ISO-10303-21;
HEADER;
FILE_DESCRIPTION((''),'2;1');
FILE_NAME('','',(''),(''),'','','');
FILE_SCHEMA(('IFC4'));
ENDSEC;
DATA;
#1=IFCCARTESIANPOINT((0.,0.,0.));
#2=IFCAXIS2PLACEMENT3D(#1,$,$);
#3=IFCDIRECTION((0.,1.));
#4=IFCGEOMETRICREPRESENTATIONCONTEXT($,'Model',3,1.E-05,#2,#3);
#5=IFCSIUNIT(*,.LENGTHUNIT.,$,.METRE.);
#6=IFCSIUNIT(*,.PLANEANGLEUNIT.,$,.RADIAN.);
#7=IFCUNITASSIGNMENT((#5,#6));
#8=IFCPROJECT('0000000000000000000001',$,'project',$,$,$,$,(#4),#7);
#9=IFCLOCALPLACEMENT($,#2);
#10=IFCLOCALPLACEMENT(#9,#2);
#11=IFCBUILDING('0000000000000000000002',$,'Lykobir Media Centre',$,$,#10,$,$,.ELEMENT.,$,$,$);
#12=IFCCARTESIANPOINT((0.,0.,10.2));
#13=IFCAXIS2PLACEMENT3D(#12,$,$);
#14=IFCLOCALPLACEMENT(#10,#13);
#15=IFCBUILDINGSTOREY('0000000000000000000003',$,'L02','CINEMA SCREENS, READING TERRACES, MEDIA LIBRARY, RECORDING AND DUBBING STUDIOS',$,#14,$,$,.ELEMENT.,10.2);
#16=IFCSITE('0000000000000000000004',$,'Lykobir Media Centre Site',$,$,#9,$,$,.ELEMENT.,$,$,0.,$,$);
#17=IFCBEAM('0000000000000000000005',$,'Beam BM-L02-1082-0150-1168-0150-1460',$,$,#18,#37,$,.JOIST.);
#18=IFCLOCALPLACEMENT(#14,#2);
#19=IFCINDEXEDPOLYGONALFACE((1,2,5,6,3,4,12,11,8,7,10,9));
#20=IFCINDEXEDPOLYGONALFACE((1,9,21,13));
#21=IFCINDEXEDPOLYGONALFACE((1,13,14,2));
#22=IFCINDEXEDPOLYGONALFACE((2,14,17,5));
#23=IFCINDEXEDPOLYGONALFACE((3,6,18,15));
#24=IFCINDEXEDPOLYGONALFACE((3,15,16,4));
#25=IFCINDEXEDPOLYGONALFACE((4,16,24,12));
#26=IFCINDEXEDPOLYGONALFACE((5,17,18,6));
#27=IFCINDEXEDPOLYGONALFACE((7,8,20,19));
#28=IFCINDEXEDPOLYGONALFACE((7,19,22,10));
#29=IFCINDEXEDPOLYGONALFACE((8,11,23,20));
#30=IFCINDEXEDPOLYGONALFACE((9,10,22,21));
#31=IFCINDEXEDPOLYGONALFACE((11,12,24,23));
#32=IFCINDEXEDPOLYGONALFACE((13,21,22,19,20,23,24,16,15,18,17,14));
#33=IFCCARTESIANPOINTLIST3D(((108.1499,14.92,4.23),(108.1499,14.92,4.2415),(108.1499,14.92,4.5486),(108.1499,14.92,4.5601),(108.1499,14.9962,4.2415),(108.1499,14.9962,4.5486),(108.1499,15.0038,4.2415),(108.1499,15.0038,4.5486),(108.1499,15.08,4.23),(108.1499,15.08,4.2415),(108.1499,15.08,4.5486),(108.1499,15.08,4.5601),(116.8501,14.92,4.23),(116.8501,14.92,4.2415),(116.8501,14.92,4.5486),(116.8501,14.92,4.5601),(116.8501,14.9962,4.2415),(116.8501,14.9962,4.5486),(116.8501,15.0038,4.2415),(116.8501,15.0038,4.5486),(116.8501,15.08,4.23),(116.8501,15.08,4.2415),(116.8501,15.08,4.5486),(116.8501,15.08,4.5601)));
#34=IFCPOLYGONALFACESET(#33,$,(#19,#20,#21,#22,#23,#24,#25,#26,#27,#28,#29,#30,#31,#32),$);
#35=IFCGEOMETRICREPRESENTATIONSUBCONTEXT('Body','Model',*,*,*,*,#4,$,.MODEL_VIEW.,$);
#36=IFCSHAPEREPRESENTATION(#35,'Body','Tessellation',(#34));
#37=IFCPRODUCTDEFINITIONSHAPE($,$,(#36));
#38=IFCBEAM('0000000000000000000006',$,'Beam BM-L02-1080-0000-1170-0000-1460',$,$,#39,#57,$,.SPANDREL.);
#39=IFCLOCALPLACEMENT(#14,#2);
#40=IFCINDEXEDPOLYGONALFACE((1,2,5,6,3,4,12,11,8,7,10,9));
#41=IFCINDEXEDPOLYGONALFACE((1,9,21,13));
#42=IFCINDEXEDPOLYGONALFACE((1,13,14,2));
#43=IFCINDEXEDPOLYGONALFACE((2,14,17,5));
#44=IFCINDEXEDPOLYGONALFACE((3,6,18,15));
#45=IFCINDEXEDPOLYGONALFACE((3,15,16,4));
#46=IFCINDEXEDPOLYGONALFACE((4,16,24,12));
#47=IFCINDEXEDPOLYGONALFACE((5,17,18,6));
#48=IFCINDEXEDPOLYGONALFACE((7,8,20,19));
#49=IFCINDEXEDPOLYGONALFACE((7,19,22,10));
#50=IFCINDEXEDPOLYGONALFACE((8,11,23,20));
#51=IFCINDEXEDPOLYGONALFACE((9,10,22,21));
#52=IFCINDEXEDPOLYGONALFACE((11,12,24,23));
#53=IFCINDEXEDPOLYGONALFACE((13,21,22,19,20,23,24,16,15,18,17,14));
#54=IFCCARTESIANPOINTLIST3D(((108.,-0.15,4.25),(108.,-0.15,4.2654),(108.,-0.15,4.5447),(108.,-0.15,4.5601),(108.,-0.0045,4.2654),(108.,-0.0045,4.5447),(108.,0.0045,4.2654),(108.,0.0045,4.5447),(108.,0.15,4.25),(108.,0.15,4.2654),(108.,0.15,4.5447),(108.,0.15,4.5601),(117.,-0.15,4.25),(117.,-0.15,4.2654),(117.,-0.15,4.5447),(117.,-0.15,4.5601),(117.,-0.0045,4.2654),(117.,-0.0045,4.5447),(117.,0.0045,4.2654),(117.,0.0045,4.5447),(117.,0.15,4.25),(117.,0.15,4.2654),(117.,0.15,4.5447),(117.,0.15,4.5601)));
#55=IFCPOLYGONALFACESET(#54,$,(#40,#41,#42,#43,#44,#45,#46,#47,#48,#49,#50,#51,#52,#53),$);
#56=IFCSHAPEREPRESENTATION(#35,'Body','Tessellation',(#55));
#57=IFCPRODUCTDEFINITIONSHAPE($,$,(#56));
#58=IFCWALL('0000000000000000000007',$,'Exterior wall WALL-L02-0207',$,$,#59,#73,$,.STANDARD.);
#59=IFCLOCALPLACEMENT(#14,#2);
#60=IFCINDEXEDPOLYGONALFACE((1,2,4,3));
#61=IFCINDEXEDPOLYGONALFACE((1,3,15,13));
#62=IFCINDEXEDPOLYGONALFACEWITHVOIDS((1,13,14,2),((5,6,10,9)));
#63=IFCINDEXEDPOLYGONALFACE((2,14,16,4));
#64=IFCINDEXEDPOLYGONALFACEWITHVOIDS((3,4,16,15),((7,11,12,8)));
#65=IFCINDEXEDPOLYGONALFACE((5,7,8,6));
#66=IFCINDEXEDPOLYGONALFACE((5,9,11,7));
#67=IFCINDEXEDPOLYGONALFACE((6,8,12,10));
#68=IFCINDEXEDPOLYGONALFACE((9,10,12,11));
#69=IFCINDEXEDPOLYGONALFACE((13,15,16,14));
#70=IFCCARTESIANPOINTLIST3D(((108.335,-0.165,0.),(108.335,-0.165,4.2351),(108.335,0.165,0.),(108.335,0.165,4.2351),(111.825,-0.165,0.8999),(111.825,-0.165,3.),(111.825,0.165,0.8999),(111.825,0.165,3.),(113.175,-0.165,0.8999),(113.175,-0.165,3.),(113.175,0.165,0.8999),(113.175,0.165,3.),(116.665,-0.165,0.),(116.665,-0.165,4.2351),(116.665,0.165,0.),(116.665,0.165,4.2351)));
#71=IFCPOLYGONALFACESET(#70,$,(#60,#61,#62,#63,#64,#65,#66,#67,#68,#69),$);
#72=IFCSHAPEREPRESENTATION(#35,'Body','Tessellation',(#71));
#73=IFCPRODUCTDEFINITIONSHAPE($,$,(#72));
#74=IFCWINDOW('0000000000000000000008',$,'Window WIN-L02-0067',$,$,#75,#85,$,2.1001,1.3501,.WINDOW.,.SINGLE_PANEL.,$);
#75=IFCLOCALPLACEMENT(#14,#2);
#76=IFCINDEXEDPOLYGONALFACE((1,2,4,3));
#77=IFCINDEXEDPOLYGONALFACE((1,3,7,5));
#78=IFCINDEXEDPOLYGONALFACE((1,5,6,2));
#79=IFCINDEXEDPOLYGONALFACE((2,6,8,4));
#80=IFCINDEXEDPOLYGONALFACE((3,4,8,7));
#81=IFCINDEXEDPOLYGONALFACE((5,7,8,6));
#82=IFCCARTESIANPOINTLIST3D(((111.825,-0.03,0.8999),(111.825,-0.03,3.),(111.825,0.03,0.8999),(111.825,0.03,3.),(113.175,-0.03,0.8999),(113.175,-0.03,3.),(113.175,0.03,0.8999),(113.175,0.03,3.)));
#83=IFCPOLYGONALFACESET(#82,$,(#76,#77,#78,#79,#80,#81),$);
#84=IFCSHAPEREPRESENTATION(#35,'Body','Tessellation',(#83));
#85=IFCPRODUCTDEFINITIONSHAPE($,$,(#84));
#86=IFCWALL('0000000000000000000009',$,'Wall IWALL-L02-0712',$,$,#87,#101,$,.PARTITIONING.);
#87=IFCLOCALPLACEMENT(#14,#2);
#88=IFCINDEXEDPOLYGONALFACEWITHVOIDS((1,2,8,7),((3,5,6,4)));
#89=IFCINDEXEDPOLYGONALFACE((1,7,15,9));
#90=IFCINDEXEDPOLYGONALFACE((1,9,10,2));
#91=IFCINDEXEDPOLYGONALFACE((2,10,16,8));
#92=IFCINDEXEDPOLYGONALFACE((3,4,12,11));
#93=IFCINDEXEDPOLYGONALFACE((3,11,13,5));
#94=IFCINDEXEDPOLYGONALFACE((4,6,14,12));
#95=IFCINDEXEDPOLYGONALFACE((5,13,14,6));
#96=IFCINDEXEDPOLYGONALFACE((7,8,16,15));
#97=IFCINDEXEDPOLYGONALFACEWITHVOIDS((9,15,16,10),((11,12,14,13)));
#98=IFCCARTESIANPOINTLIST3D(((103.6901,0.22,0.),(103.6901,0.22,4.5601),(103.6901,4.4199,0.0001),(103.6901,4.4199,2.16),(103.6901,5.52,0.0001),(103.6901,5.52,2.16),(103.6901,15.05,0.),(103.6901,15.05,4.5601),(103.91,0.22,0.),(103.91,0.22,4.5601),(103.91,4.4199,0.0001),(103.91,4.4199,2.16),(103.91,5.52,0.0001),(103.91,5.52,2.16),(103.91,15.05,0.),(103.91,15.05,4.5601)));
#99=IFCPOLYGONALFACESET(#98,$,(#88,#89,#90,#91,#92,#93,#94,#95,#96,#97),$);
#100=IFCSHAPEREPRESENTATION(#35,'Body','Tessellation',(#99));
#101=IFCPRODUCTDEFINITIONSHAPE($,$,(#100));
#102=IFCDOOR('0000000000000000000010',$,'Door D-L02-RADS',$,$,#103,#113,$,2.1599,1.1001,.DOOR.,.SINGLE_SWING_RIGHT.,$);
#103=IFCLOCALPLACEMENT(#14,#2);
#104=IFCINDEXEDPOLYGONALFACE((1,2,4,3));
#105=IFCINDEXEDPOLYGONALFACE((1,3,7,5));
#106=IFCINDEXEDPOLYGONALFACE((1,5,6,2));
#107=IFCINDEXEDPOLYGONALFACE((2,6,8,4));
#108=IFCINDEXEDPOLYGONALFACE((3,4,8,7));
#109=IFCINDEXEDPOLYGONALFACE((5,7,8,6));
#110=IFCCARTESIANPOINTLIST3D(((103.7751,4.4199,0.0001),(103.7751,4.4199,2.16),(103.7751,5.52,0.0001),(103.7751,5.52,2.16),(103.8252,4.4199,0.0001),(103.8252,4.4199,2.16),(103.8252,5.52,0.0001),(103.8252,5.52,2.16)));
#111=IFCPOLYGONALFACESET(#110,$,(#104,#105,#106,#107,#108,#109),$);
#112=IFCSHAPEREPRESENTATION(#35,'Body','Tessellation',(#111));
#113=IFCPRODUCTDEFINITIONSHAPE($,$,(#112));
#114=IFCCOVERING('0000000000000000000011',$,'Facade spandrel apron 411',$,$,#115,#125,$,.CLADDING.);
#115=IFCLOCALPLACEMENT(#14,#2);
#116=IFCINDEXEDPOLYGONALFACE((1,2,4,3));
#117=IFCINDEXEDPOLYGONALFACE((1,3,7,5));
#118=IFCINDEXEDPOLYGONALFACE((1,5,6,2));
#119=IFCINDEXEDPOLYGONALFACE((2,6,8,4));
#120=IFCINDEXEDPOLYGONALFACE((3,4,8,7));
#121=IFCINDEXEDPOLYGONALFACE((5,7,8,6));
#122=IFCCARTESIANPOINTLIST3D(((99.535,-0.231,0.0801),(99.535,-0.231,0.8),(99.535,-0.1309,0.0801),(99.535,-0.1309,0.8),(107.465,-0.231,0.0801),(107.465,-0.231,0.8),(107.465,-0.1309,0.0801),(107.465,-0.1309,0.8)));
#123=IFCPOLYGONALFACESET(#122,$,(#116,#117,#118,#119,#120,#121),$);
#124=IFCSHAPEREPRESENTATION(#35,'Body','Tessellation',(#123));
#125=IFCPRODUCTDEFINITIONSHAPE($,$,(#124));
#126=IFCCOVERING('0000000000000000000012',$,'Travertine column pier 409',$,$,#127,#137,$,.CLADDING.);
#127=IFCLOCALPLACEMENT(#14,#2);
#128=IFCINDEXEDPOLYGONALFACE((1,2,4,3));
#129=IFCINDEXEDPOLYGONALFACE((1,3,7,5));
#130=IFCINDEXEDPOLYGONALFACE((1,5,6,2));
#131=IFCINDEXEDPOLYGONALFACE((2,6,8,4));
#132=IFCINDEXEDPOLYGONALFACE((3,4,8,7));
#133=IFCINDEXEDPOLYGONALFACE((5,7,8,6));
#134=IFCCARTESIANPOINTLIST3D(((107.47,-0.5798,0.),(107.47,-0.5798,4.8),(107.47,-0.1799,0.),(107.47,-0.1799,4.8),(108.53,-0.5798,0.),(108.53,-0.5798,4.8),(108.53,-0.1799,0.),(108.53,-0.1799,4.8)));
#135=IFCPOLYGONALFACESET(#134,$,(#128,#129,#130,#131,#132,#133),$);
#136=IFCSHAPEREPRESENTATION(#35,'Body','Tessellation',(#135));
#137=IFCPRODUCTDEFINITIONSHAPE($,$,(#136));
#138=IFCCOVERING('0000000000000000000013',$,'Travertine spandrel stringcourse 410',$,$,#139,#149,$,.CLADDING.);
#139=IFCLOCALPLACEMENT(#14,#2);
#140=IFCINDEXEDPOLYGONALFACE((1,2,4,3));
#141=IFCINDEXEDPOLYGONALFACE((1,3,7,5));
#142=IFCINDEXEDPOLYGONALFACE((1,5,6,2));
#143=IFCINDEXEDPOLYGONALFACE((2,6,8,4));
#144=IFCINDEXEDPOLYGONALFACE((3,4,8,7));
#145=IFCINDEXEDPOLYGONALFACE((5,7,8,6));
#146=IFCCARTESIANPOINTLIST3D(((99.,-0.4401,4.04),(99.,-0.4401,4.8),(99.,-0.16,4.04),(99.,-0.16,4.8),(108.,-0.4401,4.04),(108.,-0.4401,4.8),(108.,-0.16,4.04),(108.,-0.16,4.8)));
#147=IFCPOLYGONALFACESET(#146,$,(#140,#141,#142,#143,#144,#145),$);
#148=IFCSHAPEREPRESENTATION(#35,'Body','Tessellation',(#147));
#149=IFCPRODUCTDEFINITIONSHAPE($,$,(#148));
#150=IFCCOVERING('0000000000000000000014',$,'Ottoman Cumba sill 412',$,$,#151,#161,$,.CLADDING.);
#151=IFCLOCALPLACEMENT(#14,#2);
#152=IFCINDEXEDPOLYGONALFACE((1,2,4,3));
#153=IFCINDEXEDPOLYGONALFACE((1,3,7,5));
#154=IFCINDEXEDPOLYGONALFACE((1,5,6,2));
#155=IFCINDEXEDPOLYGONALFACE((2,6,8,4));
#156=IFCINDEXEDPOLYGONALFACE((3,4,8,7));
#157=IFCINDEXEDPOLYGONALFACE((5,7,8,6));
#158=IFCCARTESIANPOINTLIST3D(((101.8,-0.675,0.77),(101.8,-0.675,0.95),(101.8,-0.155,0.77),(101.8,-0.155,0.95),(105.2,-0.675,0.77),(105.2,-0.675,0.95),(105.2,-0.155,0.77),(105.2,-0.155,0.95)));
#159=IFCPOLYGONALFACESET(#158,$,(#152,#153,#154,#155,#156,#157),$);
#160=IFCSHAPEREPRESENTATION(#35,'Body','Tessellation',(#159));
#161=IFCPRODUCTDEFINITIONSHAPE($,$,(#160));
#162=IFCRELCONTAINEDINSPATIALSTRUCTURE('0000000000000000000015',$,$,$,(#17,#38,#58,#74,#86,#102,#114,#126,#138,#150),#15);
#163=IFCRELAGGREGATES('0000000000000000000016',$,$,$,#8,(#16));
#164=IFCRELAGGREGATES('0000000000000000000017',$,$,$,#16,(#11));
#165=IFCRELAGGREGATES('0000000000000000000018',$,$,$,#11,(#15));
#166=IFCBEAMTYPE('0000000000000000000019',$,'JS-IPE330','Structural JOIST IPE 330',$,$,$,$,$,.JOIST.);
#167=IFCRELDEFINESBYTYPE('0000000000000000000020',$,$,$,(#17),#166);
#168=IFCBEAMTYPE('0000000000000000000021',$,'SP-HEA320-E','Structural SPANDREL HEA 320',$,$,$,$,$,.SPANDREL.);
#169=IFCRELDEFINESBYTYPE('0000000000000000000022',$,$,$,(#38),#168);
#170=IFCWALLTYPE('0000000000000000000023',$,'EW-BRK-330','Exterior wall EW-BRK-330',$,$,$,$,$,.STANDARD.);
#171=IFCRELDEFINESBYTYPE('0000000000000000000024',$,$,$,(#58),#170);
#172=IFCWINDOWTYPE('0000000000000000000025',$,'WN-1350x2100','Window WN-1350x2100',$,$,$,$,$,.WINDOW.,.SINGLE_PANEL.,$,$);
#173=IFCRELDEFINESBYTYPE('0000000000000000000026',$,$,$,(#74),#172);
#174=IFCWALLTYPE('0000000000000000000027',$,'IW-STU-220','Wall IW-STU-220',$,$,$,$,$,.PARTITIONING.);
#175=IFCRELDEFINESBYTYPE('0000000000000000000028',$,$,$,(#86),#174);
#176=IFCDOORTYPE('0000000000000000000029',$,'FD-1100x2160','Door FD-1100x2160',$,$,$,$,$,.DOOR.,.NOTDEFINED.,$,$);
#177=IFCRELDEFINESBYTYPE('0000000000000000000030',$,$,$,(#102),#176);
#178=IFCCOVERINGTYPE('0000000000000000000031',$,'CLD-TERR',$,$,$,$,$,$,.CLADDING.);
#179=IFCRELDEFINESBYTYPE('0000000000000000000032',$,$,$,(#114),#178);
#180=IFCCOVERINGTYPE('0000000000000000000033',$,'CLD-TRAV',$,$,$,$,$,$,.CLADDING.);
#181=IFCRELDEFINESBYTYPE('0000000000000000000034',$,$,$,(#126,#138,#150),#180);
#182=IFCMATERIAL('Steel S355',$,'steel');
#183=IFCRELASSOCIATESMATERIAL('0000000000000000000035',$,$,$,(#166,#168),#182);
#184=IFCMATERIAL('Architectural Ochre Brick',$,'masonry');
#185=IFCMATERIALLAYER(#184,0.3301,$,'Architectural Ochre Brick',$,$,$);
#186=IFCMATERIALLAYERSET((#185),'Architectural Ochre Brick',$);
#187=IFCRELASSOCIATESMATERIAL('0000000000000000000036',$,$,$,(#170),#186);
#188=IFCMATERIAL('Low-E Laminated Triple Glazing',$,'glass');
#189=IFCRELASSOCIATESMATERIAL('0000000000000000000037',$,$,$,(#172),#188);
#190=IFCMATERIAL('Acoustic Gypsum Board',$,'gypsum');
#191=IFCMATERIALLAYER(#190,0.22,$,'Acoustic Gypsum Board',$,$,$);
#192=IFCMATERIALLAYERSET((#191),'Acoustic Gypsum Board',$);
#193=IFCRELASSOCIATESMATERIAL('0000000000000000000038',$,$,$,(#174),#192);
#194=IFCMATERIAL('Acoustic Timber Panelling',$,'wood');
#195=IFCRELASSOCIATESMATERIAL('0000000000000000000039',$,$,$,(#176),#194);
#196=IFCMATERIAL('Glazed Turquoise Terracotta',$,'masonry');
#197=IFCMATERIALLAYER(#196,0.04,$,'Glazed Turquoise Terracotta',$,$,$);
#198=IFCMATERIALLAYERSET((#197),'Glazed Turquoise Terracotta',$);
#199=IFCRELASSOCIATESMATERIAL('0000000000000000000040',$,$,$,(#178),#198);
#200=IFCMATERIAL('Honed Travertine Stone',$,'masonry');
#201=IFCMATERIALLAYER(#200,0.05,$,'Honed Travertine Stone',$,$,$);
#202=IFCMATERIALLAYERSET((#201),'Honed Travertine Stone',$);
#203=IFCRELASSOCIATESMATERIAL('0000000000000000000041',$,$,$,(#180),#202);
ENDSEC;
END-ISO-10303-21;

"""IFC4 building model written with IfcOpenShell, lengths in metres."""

from ifc_helpers import new_model, si_unit, direction, frame, frame_2d, origin, origin_2d, place, context, subcontext, project, spatial, rectangle, i_section, extrude, material, layer, layer_set, material_profile, profile_set, type_object, element, fill, save


model = new_model("IFC4")

# Units and contexts
model_context = context("Model", 3, precision=1e-05, world=origin(), true_north=direction((0.0, 1.0)))
body_context = subcontext(model_context, "Body", "Model", "MODEL_VIEW")
ifc_project = project(units=[si_unit("LENGTHUNIT", "METRE"), si_unit("PLANEANGLEUNIT", "RADIAN")], contexts=[model_context])

# Site, building, storey
site_placement = place(None, origin())
site = spatial("IfcSite", under=ifc_project, at=site_placement, Name="Lykobir Media Centre Site", CompositionType="ELEMENT", RefElevation=0.0)
building_placement = place(site_placement, origin())
building = spatial("IfcBuilding", under=site, at=building_placement, Name="Lykobir Media Centre", CompositionType="ELEMENT")
storey_placement = place(building_placement, frame((0.0, 0.0, 10.2)))
storey = spatial("IfcBuildingStorey", under=building, at=storey_placement, Name="L02", Description="CINEMA SCREENS, READING TERRACES, MEDIA LIBRARY, RECORDING AND DUBBING STUDIOS", CompositionType="ELEMENT", Elevation=10.2)

# Shared definitions
ifc_material_1 = material(Name="Steel S355", Category="steel")

# Beams
ifc_material_profile_1 = material_profile(ifc_material_1, i_section(OverallWidth=0.1599, OverallDepth=0.3301, WebThickness=0.0076, FlangeThickness=0.0115, at=origin_2d()), Name="IPE 330")
ifc_profile_set_1 = profile_set([ifc_material_profile_1], Name="Steel S355")
beam_type_1 = type_object("IfcBeamType", Name="JS-IPE330", Description="Structural JOIST IPE 330", PredefinedType="JOIST", material=ifc_profile_set_1)
for number, where, z_axis, x_axis, name in (
    (1, (108.1499, 15.0, 4.395), (1.0, 0.0, 0.0), (0.0, 1.0, 0.0), "Beam BM-L02-1082-0150-1168-0150-1460"),
):
    element("IfcBeam", number, at=place(storey_placement, frame(where, z_axis=z_axis, x_axis=x_axis)), inside=storey, type_object=beam_type_1, Name=name, PredefinedType="JOIST", context=body_context, shape_type="SweptSolid", body=[
        extrude(i_section(OverallWidth=0.1599, OverallDepth=0.3301, WebThickness=0.0076, FlangeThickness=0.0115, at=origin_2d()), origin(), (0.0, 0.0, 1.0), 8.7002),
    ])
ifc_material_profile_2 = material_profile(ifc_material_1, i_section(OverallWidth=0.3, OverallDepth=0.3101, WebThickness=0.009, FlangeThickness=0.0154, at=origin_2d()), Name="HEA 320")
ifc_profile_set_2 = profile_set([ifc_material_profile_2], Name="Steel S355")
beam_type_2 = type_object("IfcBeamType", Name="SP-HEA320-E", Description="Structural SPANDREL HEA 320", PredefinedType="SPANDREL", material=ifc_profile_set_2)
beam_1_placement = place(storey_placement, frame((108.0, 0.0, 4.405), z_axis=(1.0, 0.0, 0.0), x_axis=(0.0, 1.0, 0.0)))
element("IfcBeam", 2, at=beam_1_placement, inside=storey, type_object=beam_type_2, Name="Beam BM-L02-1080-0000-1170-0000-1460", PredefinedType="SPANDREL", context=body_context, shape_type="SweptSolid", body=[
    extrude(i_section(OverallWidth=0.3, OverallDepth=0.3101, WebThickness=0.009, FlangeThickness=0.0154, at=origin_2d()), origin(), (0.0, 0.0, 1.0), 9.0),
])

# Wall, opening, window
ifc_material_2 = material(Name="Architectural Ochre Brick", Category="masonry")
ifc_layer_1 = layer(ifc_material_2, 0.3301, Name="Architectural Ochre Brick")
ifc_layer_set_1 = layer_set([ifc_layer_1], Name="Architectural Ochre Brick")
wall_type_1 = type_object("IfcWallType", Name="EW-BRK-330", Description="Exterior wall EW-BRK-330", PredefinedType="STANDARD", material=ifc_layer_set_1)
wall_1_placement = place(storey_placement, frame((108.335, 0.0, 0.0), z_axis=(0.0, 0.0, 1.0), x_axis=(1.0, 0.0, 0.0)))
wall_1 = element("IfcWall", 3, at=wall_1_placement, inside=storey, type_object=wall_type_1, Name="Exterior wall WALL-L02-0207", PredefinedType="STANDARD", context=body_context, shape_type="SweptSolid", body=[
    extrude(rectangle(XDim=8.3301, YDim=0.3301, at=frame_2d((4.165, 0.0))), origin(), (0.0, 0.0, 1.0), 4.2351),
])
opening_1_placement = place(wall_1_placement, frame((3.49, 0.0, 0.8999)))
opening_1 = element("IfcOpeningElement", 4, at=opening_1_placement, cuts=wall_1, PredefinedType="OPENING", context=body_context, shape_type="SweptSolid", body=[
    extrude(rectangle(XDim=1.3501, YDim=2.1001, at=frame_2d((0.675, 1.05))), frame((0.0, 0.175, 0.0), z_axis=(0.0, -1.0, 0.0), x_axis=(1.0, 0.0, 0.0)), (0.0, 0.0, 1.0), 0.3501),
])
ifc_material_3 = material(Name="Low-E Laminated Triple Glazing", Category="glass")
window_type = type_object("IfcWindowType", Name="WN-1350x2100", Description="Window WN-1350x2100", PartitioningType="SINGLE_PANEL", PredefinedType="WINDOW", material=ifc_material_3)
window_placement = place(opening_1_placement, origin())
window = element("IfcWindow", 5, at=window_placement, inside=storey, type_object=window_type, Name="Window WIN-L02-0067", OverallHeight=2.1001, OverallWidth=1.3501, PartitioningType="SINGLE_PANEL", PredefinedType="WINDOW", context=body_context, shape_type="SweptSolid", body=[
    extrude(rectangle(XDim=1.3501, YDim=2.1001, at=frame_2d((0.675, 1.05))), frame((0.0, 0.03, 0.0), z_axis=(0.0, -1.0, 0.0), x_axis=(1.0, 0.0, 0.0)), (0.0, 0.0, 1.0), 0.0601),
])
fill(opening_1, window)

# Wall, opening, door
ifc_material_4 = material(Name="Acoustic Gypsum Board", Category="gypsum")
ifc_layer_2 = layer(ifc_material_4, 0.22, Name="Acoustic Gypsum Board")
ifc_layer_set_2 = layer_set([ifc_layer_2], Name="Acoustic Gypsum Board")
wall_type_2 = type_object("IfcWallType", Name="IW-STU-220", Description="Wall IW-STU-220", PredefinedType="PARTITIONING", material=ifc_layer_set_2)
wall_2_placement = place(storey_placement, frame((103.8, 0.22, 0.0), z_axis=(0.0, 0.0, 1.0), x_axis=(0.0, 1.0, 0.0)))
wall_2 = element("IfcWall", 6, at=wall_2_placement, inside=storey, type_object=wall_type_2, Name="Wall IWALL-L02-0712", PredefinedType="PARTITIONING", context=body_context, shape_type="SweptSolid", body=[
    extrude(rectangle(XDim=14.8301, YDim=0.22, at=frame_2d((7.415, 0.0))), origin(), (0.0, 0.0, 1.0), 4.5601),
])
opening_2_placement = place(wall_2_placement, frame((4.2, 0.0, 0.0)))
opening_2 = element("IfcOpeningElement", 7, at=opening_2_placement, cuts=wall_2, PredefinedType="OPENING", context=body_context, shape_type="SweptSolid", body=[
    extrude(rectangle(XDim=1.1001, YDim=2.1599, at=frame_2d((0.55, 1.0801))), frame((0.0, 0.1199, 0.0), z_axis=(0.0, -1.0, 0.0), x_axis=(1.0, 0.0, 0.0)), (0.0, 0.0, 1.0), 0.24),
])
ifc_material_5 = material(Name="Acoustic Timber Panelling", Category="wood")
door_type = type_object("IfcDoorType", Name="FD-1100x2160", Description="Door FD-1100x2160", OperationType="NOTDEFINED", PredefinedType="DOOR", material=ifc_material_5)
door_placement = place(opening_2_placement, origin())
door = element("IfcDoor", 8, at=door_placement, inside=storey, type_object=door_type, Name="Door D-L02-RADS", OperationType="SINGLE_SWING_RIGHT", OverallHeight=2.1599, OverallWidth=1.1001, PredefinedType="DOOR", context=body_context, shape_type="SweptSolid", body=[
    extrude(rectangle(XDim=1.1001, YDim=2.1599, at=frame_2d((0.55, 1.0801))), frame((0.0, 0.0249, 0.0), z_axis=(0.0, -1.0, 0.0), x_axis=(1.0, 0.0, 0.0)), (0.0, 0.0, 1.0), 0.05),
])
fill(opening_2, door)

# Coverings
ifc_material_6 = material(Name="Glazed Turquoise Terracotta", Category="masonry")
ifc_layer_3 = layer(ifc_material_6, 0.04, Name="Glazed Turquoise Terracotta")
ifc_layer_set_3 = layer_set([ifc_layer_3], Name="Glazed Turquoise Terracotta")
covering_type_1 = type_object("IfcCoveringType", Name="CLD-TERR", PredefinedType="CLADDING", material=ifc_layer_set_3)
covering_1_placement = place(storey_placement, frame((103.5, -0.1809, 0.0801), z_axis=(0.0, 0.0, 1.0), x_axis=(1.0, 0.0, 0.0)))
element("IfcCovering", 9, at=covering_1_placement, inside=storey, type_object=covering_type_1, Name="Facade spandrel apron 411", PredefinedType="CLADDING", context=body_context, shape_type="SweptSolid", body=[
    extrude(rectangle(XDim=7.9299, YDim=0.1001, at=origin_2d()), origin(), (0.0, 0.0, 1.0), 0.72),
])
ifc_material_7 = material(Name="Honed Travertine Stone", Category="masonry")
ifc_layer_4 = layer(ifc_material_7, 0.05, Name="Honed Travertine Stone")
ifc_layer_set_4 = layer_set([ifc_layer_4], Name="Honed Travertine Stone")
covering_type_2 = type_object("IfcCoveringType", Name="CLD-TRAV", PredefinedType="CLADDING", material=ifc_layer_set_4)
covering_2_placement = place(storey_placement, frame((108.0, -0.3799, 0.0), z_axis=(0.0, 0.0, 1.0), x_axis=(1.0, 0.0, 0.0)))
element("IfcCovering", 10, at=covering_2_placement, inside=storey, type_object=covering_type_2, Name="Travertine column pier 409", PredefinedType="CLADDING", context=body_context, shape_type="SweptSolid", body=[
    extrude(rectangle(XDim=1.0601, YDim=0.3999, at=origin_2d()), origin(), (0.0, 0.0, 1.0), 4.8),
])
covering_3_placement = place(storey_placement, frame((103.5, -0.3, 4.04), z_axis=(0.0, 0.0, 1.0), x_axis=(1.0, 0.0, 0.0)))
element("IfcCovering", 11, at=covering_3_placement, inside=storey, type_object=covering_type_2, Name="Travertine spandrel stringcourse 410", PredefinedType="CLADDING", context=body_context, shape_type="SweptSolid", body=[
    extrude(rectangle(XDim=9.0, YDim=0.28, at=origin_2d()), origin(), (0.0, 0.0, 1.0), 0.76),
])
covering_4_placement = place(storey_placement, frame((103.5, -0.415, 0.77), z_axis=(0.0, 0.0, 1.0), x_axis=(1.0, 0.0, 0.0)))
element("IfcCovering", 12, at=covering_4_placement, inside=storey, type_object=covering_type_2, Name="Ottoman Cumba sill 412", PredefinedType="CLADDING", context=body_context, shape_type="SweptSolid", body=[
    extrude(rectangle(XDim=3.3999, YDim=0.52, at=origin_2d()), origin(), (0.0, 0.0, 1.0), 0.1799),
])

save(model, "model.ifc")
